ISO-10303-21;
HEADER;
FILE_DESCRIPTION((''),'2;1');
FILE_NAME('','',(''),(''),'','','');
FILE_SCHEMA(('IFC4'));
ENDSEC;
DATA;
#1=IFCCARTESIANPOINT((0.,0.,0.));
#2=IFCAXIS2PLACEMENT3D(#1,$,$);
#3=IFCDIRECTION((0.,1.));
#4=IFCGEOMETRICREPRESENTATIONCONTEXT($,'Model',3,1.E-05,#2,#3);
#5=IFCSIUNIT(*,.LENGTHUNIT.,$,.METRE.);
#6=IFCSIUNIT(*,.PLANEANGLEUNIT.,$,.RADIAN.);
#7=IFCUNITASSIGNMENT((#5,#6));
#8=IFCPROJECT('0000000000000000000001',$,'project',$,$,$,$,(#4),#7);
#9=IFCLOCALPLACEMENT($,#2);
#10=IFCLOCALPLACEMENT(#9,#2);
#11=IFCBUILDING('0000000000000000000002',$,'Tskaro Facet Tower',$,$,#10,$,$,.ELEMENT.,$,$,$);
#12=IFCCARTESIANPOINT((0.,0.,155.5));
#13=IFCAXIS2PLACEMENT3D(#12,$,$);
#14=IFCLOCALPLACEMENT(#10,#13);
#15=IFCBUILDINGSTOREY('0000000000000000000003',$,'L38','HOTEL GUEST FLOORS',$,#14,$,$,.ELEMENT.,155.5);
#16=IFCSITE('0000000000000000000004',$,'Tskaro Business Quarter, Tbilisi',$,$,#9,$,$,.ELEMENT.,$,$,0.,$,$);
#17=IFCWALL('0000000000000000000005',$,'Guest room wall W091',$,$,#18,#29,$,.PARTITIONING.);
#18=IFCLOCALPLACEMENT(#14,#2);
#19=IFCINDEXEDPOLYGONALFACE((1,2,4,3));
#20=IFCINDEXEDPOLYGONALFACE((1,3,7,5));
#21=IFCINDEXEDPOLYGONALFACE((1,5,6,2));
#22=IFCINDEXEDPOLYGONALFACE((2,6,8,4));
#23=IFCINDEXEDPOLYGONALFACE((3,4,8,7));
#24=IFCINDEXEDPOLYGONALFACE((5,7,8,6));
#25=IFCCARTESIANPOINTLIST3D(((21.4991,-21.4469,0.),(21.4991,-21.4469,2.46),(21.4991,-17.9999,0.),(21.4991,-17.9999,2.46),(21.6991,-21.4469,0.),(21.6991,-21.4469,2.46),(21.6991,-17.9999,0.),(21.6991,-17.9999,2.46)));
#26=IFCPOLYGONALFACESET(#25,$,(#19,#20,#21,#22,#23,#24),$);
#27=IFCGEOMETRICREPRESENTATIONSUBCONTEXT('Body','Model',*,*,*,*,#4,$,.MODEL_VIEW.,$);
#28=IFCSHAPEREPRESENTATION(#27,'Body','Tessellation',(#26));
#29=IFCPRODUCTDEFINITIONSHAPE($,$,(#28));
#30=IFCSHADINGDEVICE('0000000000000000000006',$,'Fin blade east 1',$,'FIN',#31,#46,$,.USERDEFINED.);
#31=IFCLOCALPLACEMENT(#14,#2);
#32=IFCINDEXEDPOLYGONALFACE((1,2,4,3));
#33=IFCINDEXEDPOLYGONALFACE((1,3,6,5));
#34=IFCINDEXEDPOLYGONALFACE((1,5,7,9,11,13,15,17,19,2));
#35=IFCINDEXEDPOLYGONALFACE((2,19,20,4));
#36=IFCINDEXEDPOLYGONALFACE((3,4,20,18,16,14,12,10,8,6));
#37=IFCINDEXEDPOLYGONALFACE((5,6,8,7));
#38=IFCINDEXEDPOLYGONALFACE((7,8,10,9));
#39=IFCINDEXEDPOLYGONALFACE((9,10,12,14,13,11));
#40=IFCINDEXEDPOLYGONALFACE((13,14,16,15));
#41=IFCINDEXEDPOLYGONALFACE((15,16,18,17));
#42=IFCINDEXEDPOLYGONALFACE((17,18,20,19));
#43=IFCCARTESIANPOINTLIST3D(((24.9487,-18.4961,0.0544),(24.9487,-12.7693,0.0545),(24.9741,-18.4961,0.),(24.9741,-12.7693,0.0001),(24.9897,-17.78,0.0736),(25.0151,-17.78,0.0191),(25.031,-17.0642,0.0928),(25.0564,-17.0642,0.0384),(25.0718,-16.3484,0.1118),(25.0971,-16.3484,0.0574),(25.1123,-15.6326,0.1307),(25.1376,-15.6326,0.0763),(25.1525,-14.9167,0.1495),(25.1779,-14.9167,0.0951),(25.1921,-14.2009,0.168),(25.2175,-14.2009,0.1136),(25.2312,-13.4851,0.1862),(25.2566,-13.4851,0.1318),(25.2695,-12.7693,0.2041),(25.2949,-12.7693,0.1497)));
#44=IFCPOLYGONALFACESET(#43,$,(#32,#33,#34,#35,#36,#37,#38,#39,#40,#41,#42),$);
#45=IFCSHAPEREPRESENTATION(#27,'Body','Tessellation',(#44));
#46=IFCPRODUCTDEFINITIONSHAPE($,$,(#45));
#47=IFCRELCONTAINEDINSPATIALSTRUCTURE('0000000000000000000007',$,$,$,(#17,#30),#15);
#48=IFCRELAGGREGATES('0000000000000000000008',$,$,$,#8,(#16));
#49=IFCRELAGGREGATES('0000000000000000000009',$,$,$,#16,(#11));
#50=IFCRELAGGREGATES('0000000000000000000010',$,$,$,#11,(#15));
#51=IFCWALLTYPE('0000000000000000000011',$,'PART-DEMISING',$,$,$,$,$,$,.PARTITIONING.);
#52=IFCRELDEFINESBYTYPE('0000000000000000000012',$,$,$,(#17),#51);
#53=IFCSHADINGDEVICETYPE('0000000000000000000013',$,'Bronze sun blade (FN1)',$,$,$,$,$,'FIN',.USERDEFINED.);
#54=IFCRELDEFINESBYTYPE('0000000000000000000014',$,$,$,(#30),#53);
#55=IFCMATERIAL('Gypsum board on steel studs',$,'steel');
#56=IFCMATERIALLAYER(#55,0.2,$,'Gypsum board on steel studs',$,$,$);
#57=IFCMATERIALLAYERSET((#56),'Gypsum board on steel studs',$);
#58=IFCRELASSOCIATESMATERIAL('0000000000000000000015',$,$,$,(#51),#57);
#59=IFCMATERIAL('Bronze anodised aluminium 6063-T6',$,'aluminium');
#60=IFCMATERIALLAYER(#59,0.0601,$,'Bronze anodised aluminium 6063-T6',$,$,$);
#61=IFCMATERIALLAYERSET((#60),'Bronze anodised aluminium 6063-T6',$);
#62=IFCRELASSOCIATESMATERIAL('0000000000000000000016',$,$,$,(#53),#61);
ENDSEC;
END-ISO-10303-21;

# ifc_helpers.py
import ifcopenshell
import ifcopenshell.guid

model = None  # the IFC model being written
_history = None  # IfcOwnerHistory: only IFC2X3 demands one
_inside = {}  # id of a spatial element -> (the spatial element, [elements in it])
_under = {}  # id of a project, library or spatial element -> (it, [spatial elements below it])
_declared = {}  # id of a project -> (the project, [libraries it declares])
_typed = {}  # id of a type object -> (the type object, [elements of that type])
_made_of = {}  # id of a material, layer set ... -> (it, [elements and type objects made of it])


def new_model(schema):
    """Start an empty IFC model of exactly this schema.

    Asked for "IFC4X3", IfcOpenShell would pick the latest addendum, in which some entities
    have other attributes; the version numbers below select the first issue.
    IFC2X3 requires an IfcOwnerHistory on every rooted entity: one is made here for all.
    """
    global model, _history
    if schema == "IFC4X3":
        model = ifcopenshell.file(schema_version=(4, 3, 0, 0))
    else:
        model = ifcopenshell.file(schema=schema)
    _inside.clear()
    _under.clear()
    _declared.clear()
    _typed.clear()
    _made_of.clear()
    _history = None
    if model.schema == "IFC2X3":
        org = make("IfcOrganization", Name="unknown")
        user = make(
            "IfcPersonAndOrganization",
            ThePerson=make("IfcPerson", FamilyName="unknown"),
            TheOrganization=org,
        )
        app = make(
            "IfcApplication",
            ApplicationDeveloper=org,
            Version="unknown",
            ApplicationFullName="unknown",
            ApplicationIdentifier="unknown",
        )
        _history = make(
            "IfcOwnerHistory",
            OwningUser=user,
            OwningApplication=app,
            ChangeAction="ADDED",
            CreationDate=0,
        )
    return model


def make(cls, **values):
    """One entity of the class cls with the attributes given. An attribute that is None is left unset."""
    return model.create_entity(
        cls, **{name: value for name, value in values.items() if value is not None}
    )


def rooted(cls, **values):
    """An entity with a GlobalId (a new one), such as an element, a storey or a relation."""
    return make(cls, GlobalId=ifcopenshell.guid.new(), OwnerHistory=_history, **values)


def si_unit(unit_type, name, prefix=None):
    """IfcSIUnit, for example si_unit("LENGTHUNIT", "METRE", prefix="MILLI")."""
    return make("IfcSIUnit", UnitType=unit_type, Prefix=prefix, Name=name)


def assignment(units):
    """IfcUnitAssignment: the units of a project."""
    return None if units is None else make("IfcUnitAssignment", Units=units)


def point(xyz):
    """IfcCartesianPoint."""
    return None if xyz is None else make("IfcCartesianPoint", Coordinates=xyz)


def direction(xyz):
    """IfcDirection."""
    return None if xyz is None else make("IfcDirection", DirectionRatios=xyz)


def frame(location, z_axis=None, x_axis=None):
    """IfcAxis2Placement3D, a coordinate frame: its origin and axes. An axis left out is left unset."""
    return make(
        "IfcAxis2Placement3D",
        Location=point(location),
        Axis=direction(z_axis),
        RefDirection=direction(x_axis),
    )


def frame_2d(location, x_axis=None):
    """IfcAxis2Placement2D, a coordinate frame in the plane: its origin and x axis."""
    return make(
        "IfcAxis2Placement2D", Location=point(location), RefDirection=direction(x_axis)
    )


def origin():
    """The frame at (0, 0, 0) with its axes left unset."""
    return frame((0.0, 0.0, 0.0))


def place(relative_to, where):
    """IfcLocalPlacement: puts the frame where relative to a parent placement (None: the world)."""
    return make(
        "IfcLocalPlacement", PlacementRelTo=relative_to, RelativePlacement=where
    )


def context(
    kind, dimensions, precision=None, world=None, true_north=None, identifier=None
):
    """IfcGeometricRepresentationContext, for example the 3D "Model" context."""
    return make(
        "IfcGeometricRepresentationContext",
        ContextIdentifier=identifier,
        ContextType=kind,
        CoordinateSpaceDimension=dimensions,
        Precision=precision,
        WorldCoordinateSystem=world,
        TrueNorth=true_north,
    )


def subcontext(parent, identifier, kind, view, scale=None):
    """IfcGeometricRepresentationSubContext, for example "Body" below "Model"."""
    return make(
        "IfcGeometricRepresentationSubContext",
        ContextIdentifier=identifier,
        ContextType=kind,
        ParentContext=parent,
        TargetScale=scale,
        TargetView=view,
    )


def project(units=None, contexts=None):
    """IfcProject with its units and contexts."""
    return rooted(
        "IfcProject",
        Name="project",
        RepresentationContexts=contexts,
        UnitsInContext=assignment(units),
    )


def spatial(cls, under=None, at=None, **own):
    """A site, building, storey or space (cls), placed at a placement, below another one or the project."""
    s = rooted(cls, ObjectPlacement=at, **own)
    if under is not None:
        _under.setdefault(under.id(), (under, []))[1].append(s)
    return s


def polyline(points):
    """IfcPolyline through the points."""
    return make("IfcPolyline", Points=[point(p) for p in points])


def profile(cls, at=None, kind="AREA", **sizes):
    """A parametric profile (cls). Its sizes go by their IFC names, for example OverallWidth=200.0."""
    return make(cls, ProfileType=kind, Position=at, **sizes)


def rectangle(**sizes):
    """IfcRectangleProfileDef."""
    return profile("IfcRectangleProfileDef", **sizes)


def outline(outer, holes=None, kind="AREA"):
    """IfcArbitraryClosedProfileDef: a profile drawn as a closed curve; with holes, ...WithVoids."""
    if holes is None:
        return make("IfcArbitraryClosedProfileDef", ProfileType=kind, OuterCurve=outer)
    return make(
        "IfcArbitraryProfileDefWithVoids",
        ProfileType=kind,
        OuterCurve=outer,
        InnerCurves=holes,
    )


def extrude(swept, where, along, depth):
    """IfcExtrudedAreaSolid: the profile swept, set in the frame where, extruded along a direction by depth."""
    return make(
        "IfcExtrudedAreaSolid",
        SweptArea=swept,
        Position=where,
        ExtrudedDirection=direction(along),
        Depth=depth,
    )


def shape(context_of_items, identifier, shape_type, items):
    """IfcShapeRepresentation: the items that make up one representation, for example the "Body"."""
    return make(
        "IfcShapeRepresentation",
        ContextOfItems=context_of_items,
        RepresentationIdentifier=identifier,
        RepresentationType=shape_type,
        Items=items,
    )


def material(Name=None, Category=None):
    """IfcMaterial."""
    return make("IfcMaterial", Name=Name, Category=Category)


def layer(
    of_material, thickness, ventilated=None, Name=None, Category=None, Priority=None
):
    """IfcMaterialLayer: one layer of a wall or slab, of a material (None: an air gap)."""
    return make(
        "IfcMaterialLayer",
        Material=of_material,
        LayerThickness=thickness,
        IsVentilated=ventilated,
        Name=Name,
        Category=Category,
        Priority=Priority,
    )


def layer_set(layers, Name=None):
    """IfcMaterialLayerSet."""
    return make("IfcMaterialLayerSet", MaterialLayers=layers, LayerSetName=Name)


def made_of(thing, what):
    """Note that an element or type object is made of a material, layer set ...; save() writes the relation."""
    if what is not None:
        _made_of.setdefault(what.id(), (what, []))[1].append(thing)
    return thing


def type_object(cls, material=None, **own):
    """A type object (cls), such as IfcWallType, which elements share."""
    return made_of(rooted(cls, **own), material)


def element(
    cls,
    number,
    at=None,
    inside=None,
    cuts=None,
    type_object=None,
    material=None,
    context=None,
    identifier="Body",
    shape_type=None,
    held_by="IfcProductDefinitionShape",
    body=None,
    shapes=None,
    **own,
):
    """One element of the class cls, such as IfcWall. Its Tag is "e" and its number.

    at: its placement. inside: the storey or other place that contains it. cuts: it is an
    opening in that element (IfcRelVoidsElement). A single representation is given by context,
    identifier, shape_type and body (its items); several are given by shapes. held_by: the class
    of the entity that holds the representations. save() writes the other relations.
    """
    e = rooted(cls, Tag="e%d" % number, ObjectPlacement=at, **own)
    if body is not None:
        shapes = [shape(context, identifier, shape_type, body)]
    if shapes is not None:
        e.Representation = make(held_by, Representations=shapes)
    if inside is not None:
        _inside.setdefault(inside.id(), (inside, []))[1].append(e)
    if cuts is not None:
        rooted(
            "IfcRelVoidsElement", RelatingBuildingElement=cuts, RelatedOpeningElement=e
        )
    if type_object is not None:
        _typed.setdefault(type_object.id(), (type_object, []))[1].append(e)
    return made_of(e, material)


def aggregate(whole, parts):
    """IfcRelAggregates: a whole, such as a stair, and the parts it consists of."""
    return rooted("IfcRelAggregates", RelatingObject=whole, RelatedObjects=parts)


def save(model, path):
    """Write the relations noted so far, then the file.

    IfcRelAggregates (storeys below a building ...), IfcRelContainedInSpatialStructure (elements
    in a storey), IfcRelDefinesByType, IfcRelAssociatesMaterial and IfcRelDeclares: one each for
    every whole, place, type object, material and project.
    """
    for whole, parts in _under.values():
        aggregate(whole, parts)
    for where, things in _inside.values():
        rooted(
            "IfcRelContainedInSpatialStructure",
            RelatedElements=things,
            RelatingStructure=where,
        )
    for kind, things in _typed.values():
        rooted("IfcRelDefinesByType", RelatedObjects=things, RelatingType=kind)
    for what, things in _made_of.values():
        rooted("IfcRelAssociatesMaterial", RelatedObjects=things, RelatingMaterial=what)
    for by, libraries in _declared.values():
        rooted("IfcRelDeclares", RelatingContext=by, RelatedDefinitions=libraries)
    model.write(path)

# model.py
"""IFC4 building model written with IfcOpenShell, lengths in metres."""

from ifc_helpers import new_model, si_unit, direction, frame, frame_2d, origin, place, context, subcontext, project, spatial, polyline, rectangle, outline, extrude, material, layer, layer_set, type_object, element, save


model = new_model("IFC4")

# Units and contexts
model_context = context("Model", 3, precision=1e-05, world=origin(), true_north=direction((0.0, 1.0)))
body_context = subcontext(model_context, "Body", "Model", "MODEL_VIEW")
ifc_project = project(units=[si_unit("LENGTHUNIT", "METRE"), si_unit("PLANEANGLEUNIT", "RADIAN")], contexts=[model_context])

# Site, building, storey
site_placement = place(None, origin())
site = spatial("IfcSite", under=ifc_project, at=site_placement, Name="Tskaro Business Quarter, Tbilisi", CompositionType="ELEMENT", RefElevation=0.0)
building_placement = place(site_placement, origin())
building = spatial("IfcBuilding", under=site, at=building_placement, Name="Tskaro Facet Tower", CompositionType="ELEMENT")
storey_placement = place(building_placement, frame((0.0, 0.0, 155.5)))
storey = spatial("IfcBuildingStorey", under=building, at=storey_placement, Name="L38", Description="HOTEL GUEST FLOORS", CompositionType="ELEMENT", Elevation=155.5)

# Shared definitions
ifc_material_1 = material(Name="Bronze anodised aluminium 6063-T6", Category="aluminium")

# Shared definitions
ifc_material_2 = material(Name="Gypsum board on steel studs", Category="steel")

# Wall
ifc_layer_1 = layer(ifc_material_2, 0.2, Name="Gypsum board on steel studs")
ifc_layer_set_1 = layer_set([ifc_layer_1], Name="Gypsum board on steel studs")
wall_type_1 = type_object("IfcWallType", Name="PART-DEMISING", PredefinedType="PARTITIONING", material=ifc_layer_set_1)
wall_1_placement = place(storey_placement, frame((21.5991, -21.447, 0.0), z_axis=(0.0, 0.0, 1.0), x_axis=(0.0, 1.0, 0.0)))
element("IfcWall", 1, at=wall_1_placement, inside=storey, type_object=wall_type_1, Name="Guest room wall W091", PredefinedType="PARTITIONING", context=body_context, shape_type="SweptSolid", body=[
    extrude(rectangle(XDim=3.447, YDim=0.2, at=frame_2d((1.7236, 0.0))), origin(), (0.0, 0.0, 1.0), 2.46),
])

# Shading device
ifc_layer_2 = layer(ifc_material_1, 0.0601, Name="Bronze anodised aluminium 6063-T6")
ifc_layer_set_2 = layer_set([ifc_layer_2], Name="Bronze anodised aluminium 6063-T6")
shading_device_type = type_object("IfcShadingDeviceType", Name="Bronze sun blade (FN1)", ElementType="FIN", PredefinedType="USERDEFINED", material=ifc_layer_set_2)
shading_device_placement = place(storey_placement, frame((24.9487, -18.4961, 0.0544), z_axis=(-0.422536, -0.000016, 0.906346), x_axis=(-0.000007, 1.0, 0.000015)))
element("IfcShadingDevice", 2, at=shading_device_placement, inside=storey, type_object=shading_device_type, Name="Fin blade east 1", ObjectType="FIN", PredefinedType="USERDEFINED", context=body_context, shape_type="SweptSolid", body=[
    extrude(outline(polyline([(0.0, 0.0), (5.7268, 0.0), (5.7268, -0.354), (5.011, -0.3117), (4.2952, -0.2686), (3.5793, -0.2249), (2.8635, -0.1804), (2.1477, -0.1358), (1.4319, -0.0908), (0.7161, -0.0452), (0.0, 0.0)])), origin(), (0.0, 0.0, -1.0), 0.0601),
])

save(model, "model.ifc")
